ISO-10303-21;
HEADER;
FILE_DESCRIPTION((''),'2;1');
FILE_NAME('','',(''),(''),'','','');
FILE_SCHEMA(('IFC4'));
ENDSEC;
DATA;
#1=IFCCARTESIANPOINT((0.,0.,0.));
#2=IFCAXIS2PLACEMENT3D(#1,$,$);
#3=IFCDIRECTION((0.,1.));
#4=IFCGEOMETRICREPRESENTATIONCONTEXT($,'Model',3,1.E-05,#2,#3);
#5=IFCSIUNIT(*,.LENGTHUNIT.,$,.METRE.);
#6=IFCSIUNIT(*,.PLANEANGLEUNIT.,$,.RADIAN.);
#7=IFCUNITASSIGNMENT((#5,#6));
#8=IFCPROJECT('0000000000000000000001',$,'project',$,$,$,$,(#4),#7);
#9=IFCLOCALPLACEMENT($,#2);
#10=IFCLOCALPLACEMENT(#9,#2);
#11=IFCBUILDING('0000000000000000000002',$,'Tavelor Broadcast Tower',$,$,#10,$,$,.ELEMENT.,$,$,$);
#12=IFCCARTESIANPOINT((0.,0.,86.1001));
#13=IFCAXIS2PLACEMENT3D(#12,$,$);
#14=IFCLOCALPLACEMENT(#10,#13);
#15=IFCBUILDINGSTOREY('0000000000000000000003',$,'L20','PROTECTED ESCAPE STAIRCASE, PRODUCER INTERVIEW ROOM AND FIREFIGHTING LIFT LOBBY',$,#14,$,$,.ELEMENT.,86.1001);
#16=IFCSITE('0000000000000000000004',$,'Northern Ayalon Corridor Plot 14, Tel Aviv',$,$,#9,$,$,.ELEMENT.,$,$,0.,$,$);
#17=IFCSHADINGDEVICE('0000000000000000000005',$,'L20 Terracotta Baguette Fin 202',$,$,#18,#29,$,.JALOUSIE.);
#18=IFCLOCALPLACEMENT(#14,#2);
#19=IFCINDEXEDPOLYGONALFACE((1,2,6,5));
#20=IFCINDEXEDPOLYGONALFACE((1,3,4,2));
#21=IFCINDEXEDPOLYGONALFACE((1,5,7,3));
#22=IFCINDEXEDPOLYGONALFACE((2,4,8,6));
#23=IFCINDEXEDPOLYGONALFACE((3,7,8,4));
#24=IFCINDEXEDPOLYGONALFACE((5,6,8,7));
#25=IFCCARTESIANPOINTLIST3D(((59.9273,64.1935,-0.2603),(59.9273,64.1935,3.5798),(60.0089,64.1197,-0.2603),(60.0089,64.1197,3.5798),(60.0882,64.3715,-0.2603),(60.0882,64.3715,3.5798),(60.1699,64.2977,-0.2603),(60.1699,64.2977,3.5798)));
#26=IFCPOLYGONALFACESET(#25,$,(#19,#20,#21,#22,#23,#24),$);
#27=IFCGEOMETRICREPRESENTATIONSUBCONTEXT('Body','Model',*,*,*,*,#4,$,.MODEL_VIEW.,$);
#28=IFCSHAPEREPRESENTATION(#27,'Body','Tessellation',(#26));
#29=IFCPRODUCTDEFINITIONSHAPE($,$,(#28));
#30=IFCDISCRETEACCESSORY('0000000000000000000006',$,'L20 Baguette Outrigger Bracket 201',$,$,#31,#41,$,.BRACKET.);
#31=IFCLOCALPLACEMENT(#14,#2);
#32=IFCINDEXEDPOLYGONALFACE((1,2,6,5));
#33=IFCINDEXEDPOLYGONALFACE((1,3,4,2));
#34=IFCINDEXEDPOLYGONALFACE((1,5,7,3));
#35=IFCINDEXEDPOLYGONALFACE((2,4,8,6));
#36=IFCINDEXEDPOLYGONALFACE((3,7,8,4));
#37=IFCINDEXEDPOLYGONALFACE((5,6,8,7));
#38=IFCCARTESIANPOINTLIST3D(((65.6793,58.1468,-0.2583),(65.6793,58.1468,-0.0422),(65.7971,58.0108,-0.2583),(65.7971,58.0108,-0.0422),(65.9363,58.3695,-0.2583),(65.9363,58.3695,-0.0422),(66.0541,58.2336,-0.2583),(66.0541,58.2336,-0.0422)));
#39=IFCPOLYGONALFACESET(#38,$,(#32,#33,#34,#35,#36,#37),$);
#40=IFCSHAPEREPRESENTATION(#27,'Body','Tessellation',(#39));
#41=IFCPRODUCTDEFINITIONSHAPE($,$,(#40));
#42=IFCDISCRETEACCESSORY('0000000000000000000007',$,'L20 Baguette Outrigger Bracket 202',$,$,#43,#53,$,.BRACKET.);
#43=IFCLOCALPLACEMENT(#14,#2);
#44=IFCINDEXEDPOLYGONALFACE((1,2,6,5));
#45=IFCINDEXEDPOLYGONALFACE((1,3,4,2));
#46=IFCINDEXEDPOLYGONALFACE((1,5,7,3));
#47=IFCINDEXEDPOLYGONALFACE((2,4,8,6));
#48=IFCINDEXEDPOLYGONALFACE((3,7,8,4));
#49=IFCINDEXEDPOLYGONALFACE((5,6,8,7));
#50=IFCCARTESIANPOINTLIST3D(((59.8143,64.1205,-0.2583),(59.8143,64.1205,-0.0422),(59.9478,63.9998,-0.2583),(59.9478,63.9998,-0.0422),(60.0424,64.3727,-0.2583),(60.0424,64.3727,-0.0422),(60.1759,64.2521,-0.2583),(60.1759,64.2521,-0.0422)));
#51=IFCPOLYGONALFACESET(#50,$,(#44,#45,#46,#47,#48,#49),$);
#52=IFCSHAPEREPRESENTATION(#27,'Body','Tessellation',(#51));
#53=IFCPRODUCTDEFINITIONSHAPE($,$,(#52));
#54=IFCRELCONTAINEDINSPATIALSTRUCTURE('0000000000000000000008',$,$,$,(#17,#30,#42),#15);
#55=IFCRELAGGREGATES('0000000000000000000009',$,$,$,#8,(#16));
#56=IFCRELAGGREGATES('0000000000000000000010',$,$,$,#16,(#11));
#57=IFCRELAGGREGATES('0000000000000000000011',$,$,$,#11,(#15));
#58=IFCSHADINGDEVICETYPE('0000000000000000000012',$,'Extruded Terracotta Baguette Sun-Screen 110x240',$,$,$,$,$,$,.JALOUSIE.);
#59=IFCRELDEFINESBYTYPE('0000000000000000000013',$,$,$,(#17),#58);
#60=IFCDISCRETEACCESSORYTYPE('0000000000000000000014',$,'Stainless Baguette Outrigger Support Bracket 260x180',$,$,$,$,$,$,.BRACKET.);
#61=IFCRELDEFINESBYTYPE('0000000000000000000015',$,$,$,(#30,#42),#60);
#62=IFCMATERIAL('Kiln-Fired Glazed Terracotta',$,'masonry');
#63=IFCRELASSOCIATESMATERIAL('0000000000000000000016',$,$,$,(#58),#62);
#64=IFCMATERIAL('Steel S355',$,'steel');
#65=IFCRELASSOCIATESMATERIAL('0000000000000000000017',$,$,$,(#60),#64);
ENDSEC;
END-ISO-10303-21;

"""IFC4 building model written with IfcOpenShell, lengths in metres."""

from ifc_helpers import new_model, si_unit, direction, frame, origin, origin_2d, place, context, subcontext, project, spatial, rectangle, extrude, source, transform, mapped, material, type_object, type_shapes, element, save


model = new_model("IFC4")

# Units and contexts
model_context = context("Model", 3, precision=1e-05, world=origin(), true_north=direction((0.0, 1.0)))
body_context = subcontext(model_context, "Body", "Model", "MODEL_VIEW")
ifc_project = project(units=[si_unit("LENGTHUNIT", "METRE"), si_unit("PLANEANGLEUNIT", "RADIAN")], contexts=[model_context])

# Site, building, storey
site_placement = place(None, origin())
site = spatial("IfcSite", under=ifc_project, at=site_placement, Name="Northern Ayalon Corridor Plot 14, Tel Aviv", CompositionType="ELEMENT", RefElevation=0.0)
building_placement = place(site_placement, origin())
building = spatial("IfcBuilding", under=site, at=building_placement, Name="Tavelor Broadcast Tower", CompositionType="ELEMENT")
storey_placement = place(building_placement, frame((0.0, 0.0, 86.1001)))
storey = spatial("IfcBuildingStorey", under=building, at=storey_placement, Name="L20", Description="PROTECTED ESCAPE STAIRCASE, PRODUCER INTERVIEW ROOM AND FIREFIGHTING LIFT LOBBY", CompositionType="ELEMENT", Elevation=86.1001)

# Shared definitions
ifc_material_1 = material(Name="Steel S355", Category="steel")

# Shading device
ifc_material_2 = material(Name="Kiln-Fired Glazed Terracotta", Category="masonry")
shading_device_type = type_object("IfcShadingDeviceType", Name="Extruded Terracotta Baguette Sun-Screen 110x240", PredefinedType="JALOUSIE", material=ifc_material_2)
shared_shape_1 = source(origin(), body_context, "Body", "SweptSolid", [
    extrude(rectangle(XDim=0.1101, YDim=0.24, at=origin_2d()), origin(), (0.0, 0.0, 1.0), 3.8401),
])
type_shapes(shading_device_type, [shared_shape_1])
for number, where, z_axis, x_axis, name in (
    (1, (60.0486, 64.2456, -0.2603), (0.0, 0.0, 1.0), (-0.741742, 0.670686, 0.0), "L20 Terracotta Baguette Fin 202"),
):
    element("IfcShadingDevice", number, at=place(storey_placement, frame(where, z_axis=z_axis, x_axis=x_axis)), inside=storey, type_object=shading_device_type, Name=name, PredefinedType="JALOUSIE", context=body_context, shape_type="MappedRepresentation", body=[
        mapped(shared_shape_1, transform((0.0, 0.0, 0.0), scale=1.0)),
    ])

# Discrete accessories
discrete_accessory_type = type_object("IfcDiscreteAccessoryType", Name="Stainless Baguette Outrigger Support Bracket 260x180", PredefinedType="BRACKET", material=ifc_material_1)
shared_shape_2 = source(origin(), body_context, "Body", "SweptSolid", [
    extrude(rectangle(XDim=0.1799, YDim=0.3401, at=origin_2d()), origin(), (0.0, 0.0, 1.0), 0.2161),
])
type_shapes(discrete_accessory_type, [shared_shape_2])
for number, where, z_axis, x_axis, name in (
    (2, (65.8667, 58.1902, -0.2583), (0.0, 0.0, 1.0), (-0.655005, 0.755625, 0.0), "L20 Baguette Outrigger Bracket 201"),
    (3, (59.9951, 64.1863, -0.2583), (0.0, 0.0, 1.0), (-0.741742, 0.670686, 0.0), "L20 Baguette Outrigger Bracket 202"),
):
    element("IfcDiscreteAccessory", number, at=place(storey_placement, frame(where, z_axis=z_axis, x_axis=x_axis)), inside=storey, type_object=discrete_accessory_type, Name=name, PredefinedType="BRACKET", context=body_context, shape_type="MappedRepresentation", body=[
        mapped(shared_shape_2, transform((0.0, 0.0, 0.0), scale=1.0)),
    ])

save(model, "model.ifc")
